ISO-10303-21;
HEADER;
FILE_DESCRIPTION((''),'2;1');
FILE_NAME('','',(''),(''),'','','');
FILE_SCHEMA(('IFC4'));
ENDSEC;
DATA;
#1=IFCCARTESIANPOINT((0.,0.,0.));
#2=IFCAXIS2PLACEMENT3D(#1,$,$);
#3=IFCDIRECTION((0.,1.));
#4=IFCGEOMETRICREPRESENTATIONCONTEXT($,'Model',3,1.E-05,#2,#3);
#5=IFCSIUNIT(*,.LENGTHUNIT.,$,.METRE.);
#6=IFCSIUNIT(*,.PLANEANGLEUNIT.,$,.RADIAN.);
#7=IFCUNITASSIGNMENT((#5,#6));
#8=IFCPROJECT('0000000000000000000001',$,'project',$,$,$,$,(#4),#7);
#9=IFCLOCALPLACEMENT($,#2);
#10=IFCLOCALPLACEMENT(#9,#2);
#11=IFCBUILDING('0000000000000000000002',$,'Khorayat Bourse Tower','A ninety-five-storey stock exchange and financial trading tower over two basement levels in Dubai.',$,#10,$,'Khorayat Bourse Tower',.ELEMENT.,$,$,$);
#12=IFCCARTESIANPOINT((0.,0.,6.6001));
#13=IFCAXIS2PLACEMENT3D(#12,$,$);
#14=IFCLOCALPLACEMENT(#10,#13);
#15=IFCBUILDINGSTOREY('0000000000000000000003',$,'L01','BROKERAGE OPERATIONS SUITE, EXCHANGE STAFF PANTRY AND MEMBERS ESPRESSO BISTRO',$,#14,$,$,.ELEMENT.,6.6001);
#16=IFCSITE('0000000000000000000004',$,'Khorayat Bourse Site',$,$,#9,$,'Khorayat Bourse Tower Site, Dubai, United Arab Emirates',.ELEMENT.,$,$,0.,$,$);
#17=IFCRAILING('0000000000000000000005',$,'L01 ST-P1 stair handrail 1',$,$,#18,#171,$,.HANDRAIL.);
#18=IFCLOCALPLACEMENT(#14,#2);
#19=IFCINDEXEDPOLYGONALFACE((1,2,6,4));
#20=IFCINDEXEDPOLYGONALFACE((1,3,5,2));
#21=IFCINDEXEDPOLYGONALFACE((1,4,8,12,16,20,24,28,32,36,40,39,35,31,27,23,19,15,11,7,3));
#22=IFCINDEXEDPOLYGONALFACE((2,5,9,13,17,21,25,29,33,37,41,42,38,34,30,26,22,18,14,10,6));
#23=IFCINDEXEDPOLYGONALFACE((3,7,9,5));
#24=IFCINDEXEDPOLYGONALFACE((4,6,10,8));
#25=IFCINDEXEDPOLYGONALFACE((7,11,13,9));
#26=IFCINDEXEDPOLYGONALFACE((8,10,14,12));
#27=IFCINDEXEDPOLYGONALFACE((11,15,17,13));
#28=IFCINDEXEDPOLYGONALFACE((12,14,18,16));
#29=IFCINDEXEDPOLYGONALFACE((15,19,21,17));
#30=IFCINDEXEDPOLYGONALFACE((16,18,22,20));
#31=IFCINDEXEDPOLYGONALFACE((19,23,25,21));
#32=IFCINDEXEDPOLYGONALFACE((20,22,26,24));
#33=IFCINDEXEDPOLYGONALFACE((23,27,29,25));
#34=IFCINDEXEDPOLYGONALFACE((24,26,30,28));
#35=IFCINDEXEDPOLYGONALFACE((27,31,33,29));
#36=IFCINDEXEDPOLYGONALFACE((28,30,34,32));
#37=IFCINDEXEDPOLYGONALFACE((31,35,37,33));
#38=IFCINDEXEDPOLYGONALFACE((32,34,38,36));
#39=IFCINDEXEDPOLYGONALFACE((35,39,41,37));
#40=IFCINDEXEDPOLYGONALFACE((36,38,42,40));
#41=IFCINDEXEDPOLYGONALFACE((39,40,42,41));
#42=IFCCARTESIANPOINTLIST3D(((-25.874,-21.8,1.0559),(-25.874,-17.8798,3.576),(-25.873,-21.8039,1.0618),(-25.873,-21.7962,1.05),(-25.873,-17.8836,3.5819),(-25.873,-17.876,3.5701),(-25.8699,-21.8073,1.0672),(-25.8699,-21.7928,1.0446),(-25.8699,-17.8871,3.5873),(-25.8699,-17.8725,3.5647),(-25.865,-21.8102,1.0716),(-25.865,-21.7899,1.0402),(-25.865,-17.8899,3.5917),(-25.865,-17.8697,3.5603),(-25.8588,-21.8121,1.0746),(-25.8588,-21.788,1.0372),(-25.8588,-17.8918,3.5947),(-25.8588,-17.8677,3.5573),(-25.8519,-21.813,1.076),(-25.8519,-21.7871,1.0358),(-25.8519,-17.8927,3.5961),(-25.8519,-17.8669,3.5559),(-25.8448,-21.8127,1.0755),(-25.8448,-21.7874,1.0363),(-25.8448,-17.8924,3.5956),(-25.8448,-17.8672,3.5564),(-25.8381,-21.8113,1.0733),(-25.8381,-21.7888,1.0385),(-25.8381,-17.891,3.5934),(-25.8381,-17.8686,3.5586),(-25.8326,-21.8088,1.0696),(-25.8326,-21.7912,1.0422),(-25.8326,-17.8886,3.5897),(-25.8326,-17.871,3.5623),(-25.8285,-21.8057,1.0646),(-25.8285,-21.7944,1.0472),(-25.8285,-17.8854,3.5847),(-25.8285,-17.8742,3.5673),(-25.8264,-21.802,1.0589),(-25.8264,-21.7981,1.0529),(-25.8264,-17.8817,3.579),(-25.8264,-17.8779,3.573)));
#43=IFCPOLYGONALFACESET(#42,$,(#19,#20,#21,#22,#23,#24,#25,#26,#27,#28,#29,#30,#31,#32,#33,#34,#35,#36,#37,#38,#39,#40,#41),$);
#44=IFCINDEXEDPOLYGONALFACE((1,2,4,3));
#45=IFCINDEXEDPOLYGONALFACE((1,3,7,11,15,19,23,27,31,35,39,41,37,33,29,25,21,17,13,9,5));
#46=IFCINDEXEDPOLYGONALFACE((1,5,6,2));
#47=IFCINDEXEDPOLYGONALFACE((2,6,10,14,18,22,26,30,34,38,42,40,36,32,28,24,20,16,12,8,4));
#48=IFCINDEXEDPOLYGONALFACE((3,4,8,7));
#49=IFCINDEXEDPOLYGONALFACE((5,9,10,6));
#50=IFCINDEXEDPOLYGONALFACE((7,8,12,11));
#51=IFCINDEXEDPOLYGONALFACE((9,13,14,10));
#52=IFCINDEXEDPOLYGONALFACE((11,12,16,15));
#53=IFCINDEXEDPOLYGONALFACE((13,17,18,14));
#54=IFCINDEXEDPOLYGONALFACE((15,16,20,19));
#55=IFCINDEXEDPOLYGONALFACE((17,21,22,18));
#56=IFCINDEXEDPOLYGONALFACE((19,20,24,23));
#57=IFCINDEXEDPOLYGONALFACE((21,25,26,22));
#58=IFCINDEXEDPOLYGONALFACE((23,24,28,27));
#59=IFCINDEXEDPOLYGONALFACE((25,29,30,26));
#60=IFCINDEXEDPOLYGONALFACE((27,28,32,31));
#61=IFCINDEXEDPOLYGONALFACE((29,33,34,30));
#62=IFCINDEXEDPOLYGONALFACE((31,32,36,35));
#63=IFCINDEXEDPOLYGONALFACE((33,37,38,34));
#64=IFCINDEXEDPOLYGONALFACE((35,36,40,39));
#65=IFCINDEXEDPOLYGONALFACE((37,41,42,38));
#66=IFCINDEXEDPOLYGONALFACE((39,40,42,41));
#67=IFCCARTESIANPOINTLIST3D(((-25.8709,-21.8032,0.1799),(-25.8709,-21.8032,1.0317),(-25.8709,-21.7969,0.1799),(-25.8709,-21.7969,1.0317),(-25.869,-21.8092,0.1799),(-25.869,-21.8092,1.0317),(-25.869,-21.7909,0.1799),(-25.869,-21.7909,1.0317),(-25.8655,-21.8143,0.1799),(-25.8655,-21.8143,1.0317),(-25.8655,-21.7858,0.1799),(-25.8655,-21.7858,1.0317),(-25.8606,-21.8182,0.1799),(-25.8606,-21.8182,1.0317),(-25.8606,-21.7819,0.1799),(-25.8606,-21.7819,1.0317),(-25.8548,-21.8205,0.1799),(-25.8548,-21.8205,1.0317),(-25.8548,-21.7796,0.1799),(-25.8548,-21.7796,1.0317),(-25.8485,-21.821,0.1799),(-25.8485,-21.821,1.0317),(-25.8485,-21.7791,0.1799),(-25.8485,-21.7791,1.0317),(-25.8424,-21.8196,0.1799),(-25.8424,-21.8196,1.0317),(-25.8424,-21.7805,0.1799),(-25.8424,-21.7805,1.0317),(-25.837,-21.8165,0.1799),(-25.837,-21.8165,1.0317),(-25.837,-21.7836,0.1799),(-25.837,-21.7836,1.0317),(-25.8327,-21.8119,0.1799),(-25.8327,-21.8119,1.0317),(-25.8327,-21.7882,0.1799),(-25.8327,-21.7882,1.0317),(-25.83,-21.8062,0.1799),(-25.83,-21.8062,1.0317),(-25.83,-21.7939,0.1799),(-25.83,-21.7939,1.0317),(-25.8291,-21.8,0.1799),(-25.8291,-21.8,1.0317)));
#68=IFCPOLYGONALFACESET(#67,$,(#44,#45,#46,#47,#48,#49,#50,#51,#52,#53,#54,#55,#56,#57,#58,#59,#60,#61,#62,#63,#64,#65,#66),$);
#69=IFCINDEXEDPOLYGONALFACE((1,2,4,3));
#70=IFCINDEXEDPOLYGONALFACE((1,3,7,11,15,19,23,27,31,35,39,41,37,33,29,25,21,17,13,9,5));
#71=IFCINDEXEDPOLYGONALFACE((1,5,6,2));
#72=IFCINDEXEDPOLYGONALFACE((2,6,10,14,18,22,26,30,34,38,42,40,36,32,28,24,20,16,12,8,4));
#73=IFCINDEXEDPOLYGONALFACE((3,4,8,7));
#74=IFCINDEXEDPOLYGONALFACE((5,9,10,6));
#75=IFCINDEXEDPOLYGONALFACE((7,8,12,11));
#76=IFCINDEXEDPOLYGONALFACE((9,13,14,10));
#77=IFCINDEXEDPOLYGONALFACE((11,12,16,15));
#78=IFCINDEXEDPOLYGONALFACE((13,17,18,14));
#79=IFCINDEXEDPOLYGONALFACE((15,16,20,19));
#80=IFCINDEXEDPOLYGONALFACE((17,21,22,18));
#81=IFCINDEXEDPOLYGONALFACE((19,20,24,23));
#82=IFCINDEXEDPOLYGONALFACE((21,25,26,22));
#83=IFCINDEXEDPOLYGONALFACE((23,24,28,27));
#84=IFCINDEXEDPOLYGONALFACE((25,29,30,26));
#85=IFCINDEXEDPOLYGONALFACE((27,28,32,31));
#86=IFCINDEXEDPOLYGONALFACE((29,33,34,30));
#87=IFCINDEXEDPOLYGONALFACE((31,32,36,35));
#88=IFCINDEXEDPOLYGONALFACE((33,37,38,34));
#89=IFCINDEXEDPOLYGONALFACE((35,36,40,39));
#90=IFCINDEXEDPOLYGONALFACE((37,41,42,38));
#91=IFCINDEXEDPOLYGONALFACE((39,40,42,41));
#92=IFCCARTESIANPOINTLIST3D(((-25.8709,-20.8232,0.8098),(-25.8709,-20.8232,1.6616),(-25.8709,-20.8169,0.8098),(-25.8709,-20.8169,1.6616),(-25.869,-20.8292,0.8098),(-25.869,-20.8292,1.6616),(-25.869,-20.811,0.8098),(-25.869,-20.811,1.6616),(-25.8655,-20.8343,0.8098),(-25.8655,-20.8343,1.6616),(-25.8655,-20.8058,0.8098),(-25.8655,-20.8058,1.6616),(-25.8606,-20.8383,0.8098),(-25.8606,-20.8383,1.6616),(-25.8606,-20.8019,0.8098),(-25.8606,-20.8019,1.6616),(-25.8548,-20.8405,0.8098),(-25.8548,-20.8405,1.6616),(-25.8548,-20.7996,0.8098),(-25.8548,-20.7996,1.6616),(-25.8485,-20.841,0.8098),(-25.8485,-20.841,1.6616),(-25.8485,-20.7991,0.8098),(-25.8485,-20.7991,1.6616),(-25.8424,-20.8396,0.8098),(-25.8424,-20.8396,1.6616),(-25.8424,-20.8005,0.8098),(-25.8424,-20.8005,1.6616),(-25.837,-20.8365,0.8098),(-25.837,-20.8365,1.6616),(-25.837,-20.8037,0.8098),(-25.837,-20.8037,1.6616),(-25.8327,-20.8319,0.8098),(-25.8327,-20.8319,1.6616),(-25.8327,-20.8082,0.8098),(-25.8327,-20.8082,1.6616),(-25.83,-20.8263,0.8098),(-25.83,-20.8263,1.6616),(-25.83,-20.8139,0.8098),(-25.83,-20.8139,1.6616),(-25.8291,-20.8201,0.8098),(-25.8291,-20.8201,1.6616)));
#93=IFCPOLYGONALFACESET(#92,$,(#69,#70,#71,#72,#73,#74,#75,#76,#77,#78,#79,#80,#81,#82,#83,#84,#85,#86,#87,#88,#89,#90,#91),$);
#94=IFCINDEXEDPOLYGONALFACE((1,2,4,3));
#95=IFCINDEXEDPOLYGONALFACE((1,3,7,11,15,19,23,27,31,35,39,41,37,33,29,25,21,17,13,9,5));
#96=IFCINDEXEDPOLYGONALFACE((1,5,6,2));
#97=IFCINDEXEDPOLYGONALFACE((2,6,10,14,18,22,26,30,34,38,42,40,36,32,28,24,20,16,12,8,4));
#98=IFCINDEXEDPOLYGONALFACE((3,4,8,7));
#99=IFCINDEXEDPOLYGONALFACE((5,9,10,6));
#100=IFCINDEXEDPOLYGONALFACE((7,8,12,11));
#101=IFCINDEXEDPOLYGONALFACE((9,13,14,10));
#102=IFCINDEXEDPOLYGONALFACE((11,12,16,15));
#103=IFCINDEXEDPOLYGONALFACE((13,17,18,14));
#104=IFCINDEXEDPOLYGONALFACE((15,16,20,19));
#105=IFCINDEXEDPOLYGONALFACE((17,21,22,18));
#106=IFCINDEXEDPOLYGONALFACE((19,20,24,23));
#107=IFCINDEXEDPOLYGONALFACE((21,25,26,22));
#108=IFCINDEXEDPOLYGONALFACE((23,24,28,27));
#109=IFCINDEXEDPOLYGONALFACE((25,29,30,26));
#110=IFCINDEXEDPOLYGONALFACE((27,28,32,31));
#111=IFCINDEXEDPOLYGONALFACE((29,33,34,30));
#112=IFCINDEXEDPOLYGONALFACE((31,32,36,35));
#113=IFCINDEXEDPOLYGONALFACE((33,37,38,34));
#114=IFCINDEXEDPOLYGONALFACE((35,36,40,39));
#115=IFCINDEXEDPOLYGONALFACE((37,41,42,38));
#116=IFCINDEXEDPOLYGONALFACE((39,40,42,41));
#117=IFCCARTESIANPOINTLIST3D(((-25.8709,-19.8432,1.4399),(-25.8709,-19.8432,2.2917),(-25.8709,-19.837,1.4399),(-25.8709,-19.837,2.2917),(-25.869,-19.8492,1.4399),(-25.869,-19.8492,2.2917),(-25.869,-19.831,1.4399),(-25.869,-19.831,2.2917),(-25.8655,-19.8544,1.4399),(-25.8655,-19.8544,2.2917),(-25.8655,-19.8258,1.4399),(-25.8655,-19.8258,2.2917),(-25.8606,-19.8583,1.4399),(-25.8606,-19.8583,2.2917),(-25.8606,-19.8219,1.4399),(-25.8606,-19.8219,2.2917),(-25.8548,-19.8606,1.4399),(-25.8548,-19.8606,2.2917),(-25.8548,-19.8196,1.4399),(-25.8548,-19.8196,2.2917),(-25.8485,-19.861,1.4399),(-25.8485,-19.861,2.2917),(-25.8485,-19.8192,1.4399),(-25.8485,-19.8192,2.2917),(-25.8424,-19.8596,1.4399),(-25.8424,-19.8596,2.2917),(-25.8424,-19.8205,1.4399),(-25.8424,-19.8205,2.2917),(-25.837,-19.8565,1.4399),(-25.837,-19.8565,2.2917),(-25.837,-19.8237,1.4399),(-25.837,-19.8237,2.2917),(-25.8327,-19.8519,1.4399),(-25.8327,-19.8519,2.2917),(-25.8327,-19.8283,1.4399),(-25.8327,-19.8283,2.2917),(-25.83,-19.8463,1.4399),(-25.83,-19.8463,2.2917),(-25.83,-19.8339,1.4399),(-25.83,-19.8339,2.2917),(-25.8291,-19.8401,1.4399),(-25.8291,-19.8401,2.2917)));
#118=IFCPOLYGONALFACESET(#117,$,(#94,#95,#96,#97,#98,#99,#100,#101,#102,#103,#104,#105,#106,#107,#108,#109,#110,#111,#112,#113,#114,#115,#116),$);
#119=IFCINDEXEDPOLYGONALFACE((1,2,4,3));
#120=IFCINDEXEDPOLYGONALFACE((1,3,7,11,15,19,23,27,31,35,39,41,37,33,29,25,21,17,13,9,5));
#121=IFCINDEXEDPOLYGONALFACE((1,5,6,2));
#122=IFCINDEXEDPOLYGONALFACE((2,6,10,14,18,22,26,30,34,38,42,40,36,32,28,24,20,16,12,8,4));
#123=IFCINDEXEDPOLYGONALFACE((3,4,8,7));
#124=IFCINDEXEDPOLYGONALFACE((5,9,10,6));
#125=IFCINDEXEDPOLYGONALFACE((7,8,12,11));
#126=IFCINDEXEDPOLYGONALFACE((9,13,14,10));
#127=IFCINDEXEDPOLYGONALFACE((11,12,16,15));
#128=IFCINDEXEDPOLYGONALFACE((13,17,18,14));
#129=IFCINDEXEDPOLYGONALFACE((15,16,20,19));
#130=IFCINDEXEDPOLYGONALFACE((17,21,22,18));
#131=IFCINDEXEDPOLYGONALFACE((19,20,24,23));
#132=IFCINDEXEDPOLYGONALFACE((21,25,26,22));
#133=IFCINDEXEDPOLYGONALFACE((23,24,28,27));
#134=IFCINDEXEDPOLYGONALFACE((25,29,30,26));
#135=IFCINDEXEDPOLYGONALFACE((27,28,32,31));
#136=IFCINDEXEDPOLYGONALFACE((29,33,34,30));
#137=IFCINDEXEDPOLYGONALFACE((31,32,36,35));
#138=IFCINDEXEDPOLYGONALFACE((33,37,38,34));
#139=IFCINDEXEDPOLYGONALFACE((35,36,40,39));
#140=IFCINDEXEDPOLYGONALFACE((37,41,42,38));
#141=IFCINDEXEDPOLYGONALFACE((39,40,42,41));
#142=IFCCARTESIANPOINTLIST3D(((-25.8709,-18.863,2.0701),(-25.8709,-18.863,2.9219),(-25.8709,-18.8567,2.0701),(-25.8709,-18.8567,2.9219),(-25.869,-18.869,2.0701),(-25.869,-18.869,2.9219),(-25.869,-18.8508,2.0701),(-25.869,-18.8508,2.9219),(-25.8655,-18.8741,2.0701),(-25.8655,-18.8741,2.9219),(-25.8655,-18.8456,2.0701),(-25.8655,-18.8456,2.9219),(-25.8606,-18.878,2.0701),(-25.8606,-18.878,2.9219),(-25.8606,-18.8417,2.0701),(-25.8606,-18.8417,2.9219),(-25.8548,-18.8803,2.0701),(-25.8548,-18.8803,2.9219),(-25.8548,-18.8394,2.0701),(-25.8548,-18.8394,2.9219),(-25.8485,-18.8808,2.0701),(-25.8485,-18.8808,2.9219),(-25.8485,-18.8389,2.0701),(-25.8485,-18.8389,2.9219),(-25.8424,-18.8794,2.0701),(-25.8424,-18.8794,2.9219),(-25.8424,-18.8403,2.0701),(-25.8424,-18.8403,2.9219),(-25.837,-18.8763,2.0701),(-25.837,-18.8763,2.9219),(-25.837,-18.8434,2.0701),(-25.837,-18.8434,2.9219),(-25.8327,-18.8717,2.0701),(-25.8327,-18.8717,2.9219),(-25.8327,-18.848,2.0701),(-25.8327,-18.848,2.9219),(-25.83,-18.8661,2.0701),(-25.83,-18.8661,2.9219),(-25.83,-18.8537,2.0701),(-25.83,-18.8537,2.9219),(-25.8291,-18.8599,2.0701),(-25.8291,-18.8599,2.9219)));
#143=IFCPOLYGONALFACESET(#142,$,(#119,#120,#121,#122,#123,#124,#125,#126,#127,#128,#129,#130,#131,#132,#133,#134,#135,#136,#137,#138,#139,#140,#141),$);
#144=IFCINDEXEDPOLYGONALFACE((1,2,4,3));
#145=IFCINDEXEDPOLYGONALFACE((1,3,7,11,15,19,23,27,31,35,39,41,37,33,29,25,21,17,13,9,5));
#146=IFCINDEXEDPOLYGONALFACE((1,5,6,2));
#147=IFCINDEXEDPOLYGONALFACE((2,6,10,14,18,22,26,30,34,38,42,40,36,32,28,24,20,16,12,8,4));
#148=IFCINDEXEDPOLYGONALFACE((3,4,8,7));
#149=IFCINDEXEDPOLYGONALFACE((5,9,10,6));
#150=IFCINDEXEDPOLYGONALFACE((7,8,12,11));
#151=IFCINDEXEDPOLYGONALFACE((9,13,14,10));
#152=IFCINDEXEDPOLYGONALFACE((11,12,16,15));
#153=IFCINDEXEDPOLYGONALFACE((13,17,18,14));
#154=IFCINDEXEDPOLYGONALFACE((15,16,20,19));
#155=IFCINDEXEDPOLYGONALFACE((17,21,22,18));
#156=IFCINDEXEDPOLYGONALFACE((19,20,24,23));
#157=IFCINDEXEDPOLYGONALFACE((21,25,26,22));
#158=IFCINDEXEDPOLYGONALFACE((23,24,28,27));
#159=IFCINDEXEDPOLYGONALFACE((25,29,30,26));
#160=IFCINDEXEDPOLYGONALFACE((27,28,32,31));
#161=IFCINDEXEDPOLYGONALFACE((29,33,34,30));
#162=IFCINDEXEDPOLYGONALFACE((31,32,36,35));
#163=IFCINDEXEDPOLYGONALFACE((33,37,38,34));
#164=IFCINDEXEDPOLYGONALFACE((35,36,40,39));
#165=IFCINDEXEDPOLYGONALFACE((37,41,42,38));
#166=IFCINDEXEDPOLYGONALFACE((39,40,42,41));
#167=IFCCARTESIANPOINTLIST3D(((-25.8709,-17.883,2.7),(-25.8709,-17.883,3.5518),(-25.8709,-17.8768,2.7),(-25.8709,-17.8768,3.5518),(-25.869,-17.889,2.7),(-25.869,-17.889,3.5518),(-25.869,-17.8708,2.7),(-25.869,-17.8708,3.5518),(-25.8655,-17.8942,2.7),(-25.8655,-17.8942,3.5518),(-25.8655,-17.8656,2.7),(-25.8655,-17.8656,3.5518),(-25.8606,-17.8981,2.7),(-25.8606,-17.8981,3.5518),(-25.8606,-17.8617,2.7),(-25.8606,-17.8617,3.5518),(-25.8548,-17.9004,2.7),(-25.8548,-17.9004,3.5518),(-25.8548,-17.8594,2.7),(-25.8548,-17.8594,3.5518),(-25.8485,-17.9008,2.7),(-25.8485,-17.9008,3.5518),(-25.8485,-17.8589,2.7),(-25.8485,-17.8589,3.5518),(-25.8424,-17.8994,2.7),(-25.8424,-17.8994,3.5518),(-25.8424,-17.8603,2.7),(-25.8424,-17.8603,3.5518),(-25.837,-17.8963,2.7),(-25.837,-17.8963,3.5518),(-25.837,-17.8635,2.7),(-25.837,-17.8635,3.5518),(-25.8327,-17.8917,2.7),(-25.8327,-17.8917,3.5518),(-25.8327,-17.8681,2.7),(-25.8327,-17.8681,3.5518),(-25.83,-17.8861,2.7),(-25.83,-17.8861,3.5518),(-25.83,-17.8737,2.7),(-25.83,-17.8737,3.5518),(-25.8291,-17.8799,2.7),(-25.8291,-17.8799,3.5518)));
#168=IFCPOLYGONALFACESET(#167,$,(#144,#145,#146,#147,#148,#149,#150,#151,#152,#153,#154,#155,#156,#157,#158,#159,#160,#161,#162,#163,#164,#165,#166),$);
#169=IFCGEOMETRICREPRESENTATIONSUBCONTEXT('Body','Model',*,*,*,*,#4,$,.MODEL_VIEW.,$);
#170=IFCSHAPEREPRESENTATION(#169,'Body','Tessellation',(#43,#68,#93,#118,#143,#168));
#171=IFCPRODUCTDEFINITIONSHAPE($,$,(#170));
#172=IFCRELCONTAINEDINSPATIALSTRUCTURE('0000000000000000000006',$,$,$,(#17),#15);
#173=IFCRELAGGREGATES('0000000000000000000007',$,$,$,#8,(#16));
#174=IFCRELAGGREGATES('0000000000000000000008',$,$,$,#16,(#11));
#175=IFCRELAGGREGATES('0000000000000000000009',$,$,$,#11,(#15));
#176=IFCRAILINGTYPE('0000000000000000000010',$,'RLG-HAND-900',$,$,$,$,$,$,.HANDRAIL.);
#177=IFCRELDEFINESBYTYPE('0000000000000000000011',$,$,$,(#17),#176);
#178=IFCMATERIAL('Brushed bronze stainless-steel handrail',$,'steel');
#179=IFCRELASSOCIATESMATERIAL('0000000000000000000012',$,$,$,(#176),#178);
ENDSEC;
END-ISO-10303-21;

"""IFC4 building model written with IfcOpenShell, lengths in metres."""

from ifc_helpers import new_model, si_unit, direction, frame, origin, origin_2d, place, context, subcontext, project, spatial, circle, extrude, source, transform, mapped, material, type_object, element, save


model = new_model("IFC4")

# Units and contexts
model_context = context("Model", 3, precision=1e-05, world=origin(), true_north=direction((0.0, 1.0)))
body_context = subcontext(model_context, "Body", "Model", "MODEL_VIEW")
ifc_project = project(units=[si_unit("LENGTHUNIT", "METRE"), si_unit("PLANEANGLEUNIT", "RADIAN")], contexts=[model_context])

# Site, building, storey
site_placement = place(None, origin())
site = spatial("IfcSite", under=ifc_project, at=site_placement, Name="Khorayat Bourse Site", LongName="Khorayat Bourse Tower Site, Dubai, United Arab Emirates", CompositionType="ELEMENT", RefElevation=0.0)
building_placement = place(site_placement, origin())
building = spatial("IfcBuilding", under=site, at=building_placement, Name="Khorayat Bourse Tower", Description="A ninety-five-storey stock exchange and financial trading tower over two basement levels in Dubai.", LongName="Khorayat Bourse Tower", CompositionType="ELEMENT")
storey_placement = place(building_placement, frame((0.0, 0.0, 6.6001)))
storey = spatial("IfcBuildingStorey", under=building, at=storey_placement, Name="L01", Description="BROKERAGE OPERATIONS SUITE, EXCHANGE STAFF PANTRY AND MEMBERS ESPRESSO BISTRO", CompositionType="ELEMENT", Elevation=6.6001)

# Railing
ifc_material_1 = material(Name="Brushed bronze stainless-steel handrail", Category="steel")
railing_type_1 = type_object("IfcRailingType", Name="RLG-HAND-900", PredefinedType="HANDRAIL", material=ifc_material_1)
shared_shape_1 = source(origin(), body_context, "Body", "SweptSolid", [
    extrude(circle(Radius=0.0239, at=origin_2d()), frame((0.0, 0.0, 0.876), z_axis=(0.0, 0.841187, 0.540744), x_axis=(-1.0, 0.0, 0.0)), (0.0, 0.0, 1.0), 4.6604),
    extrude(circle(Radius=0.021, at=origin_2d()), origin(), (0.0, 0.0, 1.0), 0.8518),
    extrude(circle(Radius=0.021, at=origin_2d()), frame((0.0, 0.98, 0.6299)), (0.0, 0.0, 1.0), 0.8518),
    extrude(circle(Radius=0.021, at=origin_2d()), frame((0.0, 1.96, 1.26)), (0.0, 0.0, 1.0), 0.8518),
    extrude(circle(Radius=0.021, at=origin_2d()), frame((0.0, 2.9402, 1.8901)), (0.0, 0.0, 1.0), 0.8518),
    extrude(circle(Radius=0.021, at=origin_2d()), frame((0.0, 3.9202, 2.52)), (0.0, 0.0, 1.0), 0.8518),
])
railing_1_placement = place(storey_placement, frame((-25.8501, -21.8, 0.1799)))
element("IfcRailing", 1, at=railing_1_placement, inside=storey, type_object=railing_type_1, Name="L01 ST-P1 stair handrail 1", PredefinedType="HANDRAIL", context=body_context, shape_type="MappedRepresentation", body=[
    mapped(shared_shape_1, transform((0.0, 0.0, 0.0), scale=1.0)),
])

save(model, "model.ifc")
